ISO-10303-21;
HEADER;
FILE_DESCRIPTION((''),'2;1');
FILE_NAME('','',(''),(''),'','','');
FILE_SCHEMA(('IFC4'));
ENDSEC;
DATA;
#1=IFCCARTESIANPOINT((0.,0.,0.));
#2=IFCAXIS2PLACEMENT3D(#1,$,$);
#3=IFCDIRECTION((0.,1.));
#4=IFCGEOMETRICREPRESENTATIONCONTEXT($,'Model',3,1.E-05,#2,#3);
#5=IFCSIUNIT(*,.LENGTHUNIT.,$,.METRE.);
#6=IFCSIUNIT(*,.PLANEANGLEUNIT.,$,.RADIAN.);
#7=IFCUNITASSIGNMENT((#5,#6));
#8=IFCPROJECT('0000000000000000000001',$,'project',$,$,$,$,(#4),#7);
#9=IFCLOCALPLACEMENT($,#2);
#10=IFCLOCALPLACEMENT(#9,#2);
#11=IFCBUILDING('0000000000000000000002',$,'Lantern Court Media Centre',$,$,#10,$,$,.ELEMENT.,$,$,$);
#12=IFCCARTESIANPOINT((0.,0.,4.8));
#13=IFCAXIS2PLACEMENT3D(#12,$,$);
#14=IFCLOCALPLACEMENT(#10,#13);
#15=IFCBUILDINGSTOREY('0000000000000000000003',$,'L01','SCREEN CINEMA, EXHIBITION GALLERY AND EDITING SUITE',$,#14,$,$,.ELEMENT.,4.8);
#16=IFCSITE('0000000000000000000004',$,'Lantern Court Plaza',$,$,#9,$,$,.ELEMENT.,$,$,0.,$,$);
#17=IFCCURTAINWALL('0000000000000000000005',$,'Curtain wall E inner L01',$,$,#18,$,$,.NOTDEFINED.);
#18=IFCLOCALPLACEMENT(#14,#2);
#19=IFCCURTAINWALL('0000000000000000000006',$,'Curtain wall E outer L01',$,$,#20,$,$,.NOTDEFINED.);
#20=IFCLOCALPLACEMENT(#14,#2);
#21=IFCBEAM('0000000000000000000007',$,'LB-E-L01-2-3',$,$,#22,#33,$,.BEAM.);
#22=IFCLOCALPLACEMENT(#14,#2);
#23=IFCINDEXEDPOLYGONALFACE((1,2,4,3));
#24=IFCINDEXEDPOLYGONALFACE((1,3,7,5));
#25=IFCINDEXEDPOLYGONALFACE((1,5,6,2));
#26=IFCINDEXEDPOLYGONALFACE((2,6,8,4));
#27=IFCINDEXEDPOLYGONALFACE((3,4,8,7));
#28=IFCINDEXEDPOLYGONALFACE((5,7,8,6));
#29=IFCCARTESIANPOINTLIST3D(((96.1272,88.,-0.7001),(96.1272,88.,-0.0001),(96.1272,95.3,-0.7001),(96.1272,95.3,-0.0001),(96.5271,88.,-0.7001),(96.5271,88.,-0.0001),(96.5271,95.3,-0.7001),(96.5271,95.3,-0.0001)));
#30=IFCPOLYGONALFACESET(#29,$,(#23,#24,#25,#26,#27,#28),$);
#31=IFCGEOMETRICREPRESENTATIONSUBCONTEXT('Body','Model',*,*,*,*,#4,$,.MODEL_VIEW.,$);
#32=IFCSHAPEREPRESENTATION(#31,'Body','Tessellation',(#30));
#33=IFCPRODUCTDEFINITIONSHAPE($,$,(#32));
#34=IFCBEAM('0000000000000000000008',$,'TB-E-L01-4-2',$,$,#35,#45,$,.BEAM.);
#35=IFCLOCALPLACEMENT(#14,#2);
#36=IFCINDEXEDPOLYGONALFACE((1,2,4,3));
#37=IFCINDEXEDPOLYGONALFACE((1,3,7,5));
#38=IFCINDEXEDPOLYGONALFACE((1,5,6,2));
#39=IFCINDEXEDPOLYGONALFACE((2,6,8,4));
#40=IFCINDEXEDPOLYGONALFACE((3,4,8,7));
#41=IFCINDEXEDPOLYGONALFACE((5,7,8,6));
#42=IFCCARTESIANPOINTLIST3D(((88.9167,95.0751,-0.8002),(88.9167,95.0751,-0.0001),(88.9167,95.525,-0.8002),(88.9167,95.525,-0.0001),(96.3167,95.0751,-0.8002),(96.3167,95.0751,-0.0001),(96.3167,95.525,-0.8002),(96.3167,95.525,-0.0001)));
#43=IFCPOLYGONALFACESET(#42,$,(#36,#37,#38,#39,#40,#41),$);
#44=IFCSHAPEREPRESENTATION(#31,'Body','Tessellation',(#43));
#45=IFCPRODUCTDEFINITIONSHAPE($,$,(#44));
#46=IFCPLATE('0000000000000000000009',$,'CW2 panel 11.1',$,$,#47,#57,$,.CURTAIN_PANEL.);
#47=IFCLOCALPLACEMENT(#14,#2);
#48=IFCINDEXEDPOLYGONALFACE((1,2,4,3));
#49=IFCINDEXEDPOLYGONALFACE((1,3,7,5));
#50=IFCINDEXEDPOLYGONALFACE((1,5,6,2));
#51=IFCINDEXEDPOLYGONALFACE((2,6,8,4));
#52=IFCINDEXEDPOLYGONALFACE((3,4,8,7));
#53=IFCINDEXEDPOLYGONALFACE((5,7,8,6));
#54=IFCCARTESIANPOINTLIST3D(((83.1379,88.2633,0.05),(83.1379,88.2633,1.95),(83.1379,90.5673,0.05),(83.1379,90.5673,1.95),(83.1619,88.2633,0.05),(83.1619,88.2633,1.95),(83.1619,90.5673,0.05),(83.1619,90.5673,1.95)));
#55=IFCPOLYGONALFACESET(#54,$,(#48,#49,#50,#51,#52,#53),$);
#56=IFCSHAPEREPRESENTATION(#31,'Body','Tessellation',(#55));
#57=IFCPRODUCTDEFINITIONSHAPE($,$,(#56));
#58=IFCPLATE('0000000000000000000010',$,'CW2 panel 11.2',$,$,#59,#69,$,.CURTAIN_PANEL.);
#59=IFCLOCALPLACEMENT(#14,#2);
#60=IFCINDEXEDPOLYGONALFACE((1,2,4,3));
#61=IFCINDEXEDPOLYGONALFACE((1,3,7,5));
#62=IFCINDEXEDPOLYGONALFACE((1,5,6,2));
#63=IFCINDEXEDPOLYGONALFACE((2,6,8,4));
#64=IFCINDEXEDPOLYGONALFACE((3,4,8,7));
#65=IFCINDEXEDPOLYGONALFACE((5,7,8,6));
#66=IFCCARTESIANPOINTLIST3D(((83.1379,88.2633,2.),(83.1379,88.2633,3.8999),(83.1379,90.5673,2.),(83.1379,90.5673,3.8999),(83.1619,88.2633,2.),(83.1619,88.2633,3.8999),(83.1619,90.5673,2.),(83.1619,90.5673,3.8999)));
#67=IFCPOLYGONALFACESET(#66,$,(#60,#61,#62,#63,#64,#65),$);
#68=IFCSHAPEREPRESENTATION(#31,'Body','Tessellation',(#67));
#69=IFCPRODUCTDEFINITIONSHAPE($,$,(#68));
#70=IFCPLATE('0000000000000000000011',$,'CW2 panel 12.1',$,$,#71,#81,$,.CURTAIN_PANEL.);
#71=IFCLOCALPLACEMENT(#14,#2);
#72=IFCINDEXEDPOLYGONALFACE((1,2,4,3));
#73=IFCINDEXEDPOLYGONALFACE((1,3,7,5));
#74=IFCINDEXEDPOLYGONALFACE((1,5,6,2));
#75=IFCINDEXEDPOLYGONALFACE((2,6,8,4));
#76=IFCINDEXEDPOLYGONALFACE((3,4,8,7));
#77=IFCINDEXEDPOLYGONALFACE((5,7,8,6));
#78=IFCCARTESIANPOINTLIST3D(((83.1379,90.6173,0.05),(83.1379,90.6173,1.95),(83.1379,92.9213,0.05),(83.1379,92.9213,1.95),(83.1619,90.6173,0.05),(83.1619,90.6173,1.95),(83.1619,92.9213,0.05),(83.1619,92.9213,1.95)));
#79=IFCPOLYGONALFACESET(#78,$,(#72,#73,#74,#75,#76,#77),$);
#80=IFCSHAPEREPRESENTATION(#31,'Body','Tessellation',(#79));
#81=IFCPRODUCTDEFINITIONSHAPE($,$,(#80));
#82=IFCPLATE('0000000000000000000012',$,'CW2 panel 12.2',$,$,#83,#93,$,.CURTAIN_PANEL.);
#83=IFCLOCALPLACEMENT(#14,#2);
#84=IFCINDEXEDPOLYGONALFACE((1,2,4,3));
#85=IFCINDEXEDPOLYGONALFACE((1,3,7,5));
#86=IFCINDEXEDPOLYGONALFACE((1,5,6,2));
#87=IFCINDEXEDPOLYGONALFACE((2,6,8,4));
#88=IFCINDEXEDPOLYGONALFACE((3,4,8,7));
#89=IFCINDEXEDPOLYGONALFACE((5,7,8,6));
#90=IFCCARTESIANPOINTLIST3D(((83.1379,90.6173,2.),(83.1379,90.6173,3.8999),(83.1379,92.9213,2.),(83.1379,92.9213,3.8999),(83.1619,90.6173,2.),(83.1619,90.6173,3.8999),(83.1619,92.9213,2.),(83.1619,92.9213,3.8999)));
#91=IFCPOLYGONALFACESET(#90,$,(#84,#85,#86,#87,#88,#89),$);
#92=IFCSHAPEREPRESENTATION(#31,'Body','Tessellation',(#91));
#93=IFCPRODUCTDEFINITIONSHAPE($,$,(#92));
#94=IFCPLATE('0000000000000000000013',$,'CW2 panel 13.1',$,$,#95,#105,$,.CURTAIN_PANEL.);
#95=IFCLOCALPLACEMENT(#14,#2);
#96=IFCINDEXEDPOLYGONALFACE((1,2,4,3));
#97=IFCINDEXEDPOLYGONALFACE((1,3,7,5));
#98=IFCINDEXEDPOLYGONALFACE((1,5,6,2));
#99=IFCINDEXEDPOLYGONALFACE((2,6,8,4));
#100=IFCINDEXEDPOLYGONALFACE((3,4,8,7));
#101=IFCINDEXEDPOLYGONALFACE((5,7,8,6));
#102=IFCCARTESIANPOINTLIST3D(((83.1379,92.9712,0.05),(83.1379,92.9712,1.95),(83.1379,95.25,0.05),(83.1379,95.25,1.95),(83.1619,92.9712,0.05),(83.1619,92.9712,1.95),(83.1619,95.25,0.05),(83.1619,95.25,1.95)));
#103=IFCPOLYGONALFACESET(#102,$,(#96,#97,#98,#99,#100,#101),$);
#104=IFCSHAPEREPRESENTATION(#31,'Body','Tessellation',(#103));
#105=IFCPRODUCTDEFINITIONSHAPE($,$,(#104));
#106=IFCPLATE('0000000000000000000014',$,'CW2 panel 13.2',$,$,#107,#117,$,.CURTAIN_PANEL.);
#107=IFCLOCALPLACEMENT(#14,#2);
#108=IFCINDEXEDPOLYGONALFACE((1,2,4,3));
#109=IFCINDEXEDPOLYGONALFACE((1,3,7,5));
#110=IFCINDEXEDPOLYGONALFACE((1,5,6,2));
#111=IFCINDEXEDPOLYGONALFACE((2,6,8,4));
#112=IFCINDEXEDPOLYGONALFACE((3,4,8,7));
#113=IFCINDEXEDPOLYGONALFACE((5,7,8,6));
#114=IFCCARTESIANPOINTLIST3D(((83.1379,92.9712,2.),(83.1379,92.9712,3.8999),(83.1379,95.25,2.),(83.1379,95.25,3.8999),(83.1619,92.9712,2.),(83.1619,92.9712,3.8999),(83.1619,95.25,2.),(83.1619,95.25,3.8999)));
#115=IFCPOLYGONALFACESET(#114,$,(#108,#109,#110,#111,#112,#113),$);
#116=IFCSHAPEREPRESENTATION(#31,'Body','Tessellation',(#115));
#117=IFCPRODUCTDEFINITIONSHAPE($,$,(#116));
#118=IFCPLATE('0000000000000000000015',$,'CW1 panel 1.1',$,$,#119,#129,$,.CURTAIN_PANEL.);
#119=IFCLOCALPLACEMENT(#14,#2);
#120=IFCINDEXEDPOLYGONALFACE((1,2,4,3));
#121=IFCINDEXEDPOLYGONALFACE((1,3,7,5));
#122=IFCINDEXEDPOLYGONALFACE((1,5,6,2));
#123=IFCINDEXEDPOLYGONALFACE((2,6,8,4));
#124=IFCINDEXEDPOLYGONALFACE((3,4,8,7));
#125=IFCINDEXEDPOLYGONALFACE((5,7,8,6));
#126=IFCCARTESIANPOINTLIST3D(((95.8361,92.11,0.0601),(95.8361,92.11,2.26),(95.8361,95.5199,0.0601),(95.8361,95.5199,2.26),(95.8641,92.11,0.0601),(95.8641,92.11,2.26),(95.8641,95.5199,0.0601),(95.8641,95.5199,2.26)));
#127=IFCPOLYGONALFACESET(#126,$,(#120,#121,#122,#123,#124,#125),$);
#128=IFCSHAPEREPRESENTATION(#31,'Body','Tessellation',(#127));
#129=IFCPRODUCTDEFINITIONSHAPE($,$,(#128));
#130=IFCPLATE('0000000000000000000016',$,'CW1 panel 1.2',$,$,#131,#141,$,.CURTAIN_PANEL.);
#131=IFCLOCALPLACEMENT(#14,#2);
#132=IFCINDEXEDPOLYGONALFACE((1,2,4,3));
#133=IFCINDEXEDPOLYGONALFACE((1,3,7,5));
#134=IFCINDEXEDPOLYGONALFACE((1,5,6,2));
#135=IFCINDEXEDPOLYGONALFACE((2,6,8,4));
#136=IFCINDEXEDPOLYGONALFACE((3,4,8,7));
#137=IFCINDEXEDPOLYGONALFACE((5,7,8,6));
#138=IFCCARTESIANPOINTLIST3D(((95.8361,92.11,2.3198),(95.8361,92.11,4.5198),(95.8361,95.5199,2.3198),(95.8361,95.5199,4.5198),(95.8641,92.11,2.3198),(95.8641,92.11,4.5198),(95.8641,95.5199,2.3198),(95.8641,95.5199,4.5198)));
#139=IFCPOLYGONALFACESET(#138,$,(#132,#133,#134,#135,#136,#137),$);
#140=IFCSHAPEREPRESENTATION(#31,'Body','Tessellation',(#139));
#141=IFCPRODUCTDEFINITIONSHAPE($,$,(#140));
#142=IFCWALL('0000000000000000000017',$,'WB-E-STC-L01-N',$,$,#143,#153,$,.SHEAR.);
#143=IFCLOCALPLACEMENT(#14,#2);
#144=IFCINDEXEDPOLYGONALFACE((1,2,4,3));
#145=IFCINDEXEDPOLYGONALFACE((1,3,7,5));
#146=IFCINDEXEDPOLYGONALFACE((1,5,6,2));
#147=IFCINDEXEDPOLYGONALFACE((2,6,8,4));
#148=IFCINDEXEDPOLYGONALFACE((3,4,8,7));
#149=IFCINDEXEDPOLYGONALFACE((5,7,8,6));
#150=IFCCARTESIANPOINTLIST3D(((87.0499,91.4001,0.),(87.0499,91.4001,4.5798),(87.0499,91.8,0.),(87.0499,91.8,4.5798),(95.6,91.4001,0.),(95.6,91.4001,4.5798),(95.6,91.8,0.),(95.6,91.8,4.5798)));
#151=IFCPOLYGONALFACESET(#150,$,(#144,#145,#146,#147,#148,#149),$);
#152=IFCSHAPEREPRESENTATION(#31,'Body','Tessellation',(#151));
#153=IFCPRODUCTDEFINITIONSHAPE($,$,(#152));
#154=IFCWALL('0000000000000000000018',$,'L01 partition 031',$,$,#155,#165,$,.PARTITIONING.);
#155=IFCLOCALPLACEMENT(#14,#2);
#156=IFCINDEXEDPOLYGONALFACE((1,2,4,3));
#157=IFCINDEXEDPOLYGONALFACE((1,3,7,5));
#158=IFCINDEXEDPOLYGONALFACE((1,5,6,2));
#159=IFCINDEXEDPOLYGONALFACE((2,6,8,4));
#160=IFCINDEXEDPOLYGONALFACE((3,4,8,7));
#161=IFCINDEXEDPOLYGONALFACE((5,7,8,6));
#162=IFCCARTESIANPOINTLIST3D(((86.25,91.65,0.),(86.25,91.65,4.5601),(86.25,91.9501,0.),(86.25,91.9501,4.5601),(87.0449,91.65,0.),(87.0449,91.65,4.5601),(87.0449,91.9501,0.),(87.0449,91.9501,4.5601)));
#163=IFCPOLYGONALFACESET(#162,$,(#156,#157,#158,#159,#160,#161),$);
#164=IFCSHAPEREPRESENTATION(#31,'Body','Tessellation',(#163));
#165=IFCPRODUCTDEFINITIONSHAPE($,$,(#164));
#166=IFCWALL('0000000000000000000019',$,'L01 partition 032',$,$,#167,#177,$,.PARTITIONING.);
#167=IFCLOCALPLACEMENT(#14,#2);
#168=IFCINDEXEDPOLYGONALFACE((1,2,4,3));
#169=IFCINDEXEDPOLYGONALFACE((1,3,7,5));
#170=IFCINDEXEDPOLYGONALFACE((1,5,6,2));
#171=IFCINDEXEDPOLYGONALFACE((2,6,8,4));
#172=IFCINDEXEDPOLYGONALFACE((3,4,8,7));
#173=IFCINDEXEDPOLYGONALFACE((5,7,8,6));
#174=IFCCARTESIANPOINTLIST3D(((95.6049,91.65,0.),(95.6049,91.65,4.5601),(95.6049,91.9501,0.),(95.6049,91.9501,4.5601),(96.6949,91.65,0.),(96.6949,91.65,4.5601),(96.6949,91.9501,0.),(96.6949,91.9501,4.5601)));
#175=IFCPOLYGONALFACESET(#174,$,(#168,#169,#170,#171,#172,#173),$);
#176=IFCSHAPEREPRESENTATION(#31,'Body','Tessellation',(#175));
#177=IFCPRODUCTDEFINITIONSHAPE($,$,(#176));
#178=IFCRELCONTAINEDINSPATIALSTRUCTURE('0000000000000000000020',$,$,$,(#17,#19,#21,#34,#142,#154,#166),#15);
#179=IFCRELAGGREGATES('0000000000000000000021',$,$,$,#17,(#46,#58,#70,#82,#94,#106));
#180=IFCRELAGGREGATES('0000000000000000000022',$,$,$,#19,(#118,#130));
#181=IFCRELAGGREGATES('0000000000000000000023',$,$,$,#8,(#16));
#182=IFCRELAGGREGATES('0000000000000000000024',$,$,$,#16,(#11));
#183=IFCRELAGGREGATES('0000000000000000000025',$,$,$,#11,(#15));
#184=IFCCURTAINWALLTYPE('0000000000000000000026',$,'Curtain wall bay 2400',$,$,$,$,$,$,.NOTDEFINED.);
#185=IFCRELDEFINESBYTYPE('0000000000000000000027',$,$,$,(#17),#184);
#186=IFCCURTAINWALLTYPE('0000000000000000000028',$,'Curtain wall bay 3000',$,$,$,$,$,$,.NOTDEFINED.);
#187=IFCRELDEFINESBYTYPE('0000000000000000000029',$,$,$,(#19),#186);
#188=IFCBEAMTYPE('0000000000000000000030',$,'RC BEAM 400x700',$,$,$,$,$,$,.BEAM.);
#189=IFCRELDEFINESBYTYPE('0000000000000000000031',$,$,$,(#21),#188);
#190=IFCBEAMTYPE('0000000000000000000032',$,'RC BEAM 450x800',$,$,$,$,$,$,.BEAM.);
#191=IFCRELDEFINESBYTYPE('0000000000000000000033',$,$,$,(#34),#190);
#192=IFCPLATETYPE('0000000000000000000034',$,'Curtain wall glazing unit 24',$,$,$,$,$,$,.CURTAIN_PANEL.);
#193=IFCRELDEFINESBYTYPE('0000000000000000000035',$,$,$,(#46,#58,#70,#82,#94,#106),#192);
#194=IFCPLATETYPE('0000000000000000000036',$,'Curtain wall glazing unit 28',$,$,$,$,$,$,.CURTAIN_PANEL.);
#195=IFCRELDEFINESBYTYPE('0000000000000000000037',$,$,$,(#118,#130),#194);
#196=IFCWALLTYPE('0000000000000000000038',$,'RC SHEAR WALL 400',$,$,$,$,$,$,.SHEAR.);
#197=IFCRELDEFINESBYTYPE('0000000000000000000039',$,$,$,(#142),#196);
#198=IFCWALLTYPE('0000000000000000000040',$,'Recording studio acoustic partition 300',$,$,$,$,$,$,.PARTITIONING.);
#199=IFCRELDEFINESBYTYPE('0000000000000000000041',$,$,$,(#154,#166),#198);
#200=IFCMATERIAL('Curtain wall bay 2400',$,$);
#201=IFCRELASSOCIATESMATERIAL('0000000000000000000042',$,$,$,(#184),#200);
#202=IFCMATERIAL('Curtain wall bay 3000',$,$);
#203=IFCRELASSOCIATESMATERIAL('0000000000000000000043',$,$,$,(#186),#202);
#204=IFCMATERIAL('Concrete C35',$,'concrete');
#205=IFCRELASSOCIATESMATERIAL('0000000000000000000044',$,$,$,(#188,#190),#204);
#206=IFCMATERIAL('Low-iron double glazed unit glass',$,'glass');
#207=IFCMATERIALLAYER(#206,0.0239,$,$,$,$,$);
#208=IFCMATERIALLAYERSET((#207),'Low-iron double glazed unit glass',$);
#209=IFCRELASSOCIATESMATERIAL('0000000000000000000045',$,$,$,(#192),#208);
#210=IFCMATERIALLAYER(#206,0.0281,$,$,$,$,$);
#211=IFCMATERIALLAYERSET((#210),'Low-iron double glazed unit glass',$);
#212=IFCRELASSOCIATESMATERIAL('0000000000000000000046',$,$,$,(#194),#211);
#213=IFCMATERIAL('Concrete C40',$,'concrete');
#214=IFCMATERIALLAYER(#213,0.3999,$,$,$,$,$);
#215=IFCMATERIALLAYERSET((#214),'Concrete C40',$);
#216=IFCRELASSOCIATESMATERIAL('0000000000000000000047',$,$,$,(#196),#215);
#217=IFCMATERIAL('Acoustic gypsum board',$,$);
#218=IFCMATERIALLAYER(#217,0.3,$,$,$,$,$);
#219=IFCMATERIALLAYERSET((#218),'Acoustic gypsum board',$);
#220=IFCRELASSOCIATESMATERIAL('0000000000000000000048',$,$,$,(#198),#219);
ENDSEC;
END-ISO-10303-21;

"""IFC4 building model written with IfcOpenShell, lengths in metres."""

from ifc_helpers import new_model, si_unit, direction, frame, frame_2d, origin, origin_2d, place, context, subcontext, project, spatial, rectangle, extrude, material, layer, layer_set, material_profile, profile_set, type_object, element, aggregate, save


model = new_model("IFC4")

# Units and contexts
model_context = context("Model", 3, precision=1e-05, world=origin(), true_north=direction((0.0, 1.0)))
body_context = subcontext(model_context, "Body", "Model", "MODEL_VIEW")
ifc_project = project(units=[si_unit("LENGTHUNIT", "METRE"), si_unit("PLANEANGLEUNIT", "RADIAN")], contexts=[model_context])

# Site, building, storey
site_placement = place(None, origin())
site = spatial("IfcSite", under=ifc_project, at=site_placement, Name="Lantern Court Plaza", CompositionType="ELEMENT", RefElevation=0.0)
building_placement = place(site_placement, origin())
building = spatial("IfcBuilding", under=site, at=building_placement, Name="Lantern Court Media Centre", CompositionType="ELEMENT")
storey_placement = place(building_placement, frame((0.0, 0.0, 4.8)))
storey = spatial("IfcBuildingStorey", under=building, at=storey_placement, Name="L01", Description="SCREEN CINEMA, EXHIBITION GALLERY AND EDITING SUITE", CompositionType="ELEMENT", Elevation=4.8)

# Shared definitions
ifc_material_1 = material(Name="Concrete C35", Category="concrete")

# Curtain walls
ifc_material_2 = material(Name="Curtain wall bay 2400")
curtain_wall_type_1 = type_object("IfcCurtainWallType", Name="Curtain wall bay 2400", PredefinedType="NOTDEFINED", material=ifc_material_2)
curtain_wall_1_placement = place(storey_placement, origin())
curtain_wall_1 = element("IfcCurtainWall", 1, at=curtain_wall_1_placement, inside=storey, type_object=curtain_wall_type_1, Name="Curtain wall E inner L01", PredefinedType="NOTDEFINED")
ifc_material_3 = material(Name="Curtain wall bay 3000")
curtain_wall_type_2 = type_object("IfcCurtainWallType", Name="Curtain wall bay 3000", PredefinedType="NOTDEFINED", material=ifc_material_3)
curtain_wall_2_placement = place(storey_placement, origin())
curtain_wall_2 = element("IfcCurtainWall", 2, at=curtain_wall_2_placement, inside=storey, type_object=curtain_wall_type_2, Name="Curtain wall E outer L01", PredefinedType="NOTDEFINED")

# Beams
ifc_material_profile_1 = material_profile(ifc_material_1, rectangle(XDim=0.3999, YDim=0.7, at=origin_2d()), Name="RC 400x700")
ifc_profile_set_1 = profile_set([ifc_material_profile_1], Name="Concrete C35")
beam_type_1 = type_object("IfcBeamType", Name="RC BEAM 400x700", PredefinedType="BEAM", material=ifc_profile_set_1)
beam_1_placement = place(storey_placement, frame((96.3271, 88.0, -0.3501), z_axis=(0.0, 1.0, 0.0), x_axis=(-1.0, 0.0, 0.0)))
element("IfcBeam", 3, at=beam_1_placement, inside=storey, type_object=beam_type_1, Name="LB-E-L01-2-3", PredefinedType="BEAM", context=body_context, shape_type="SweptSolid", body=[
    extrude(rectangle(XDim=0.3999, YDim=0.7, at=origin_2d()), origin(), (0.0, 0.0, 1.0), 7.3),
])
ifc_material_profile_2 = material_profile(ifc_material_1, rectangle(XDim=0.45, YDim=0.8, at=origin_2d()), Name="RC 450x800")
ifc_profile_set_2 = profile_set([ifc_material_profile_2], Name="Concrete C35")
beam_type_2 = type_object("IfcBeamType", Name="RC BEAM 450x800", PredefinedType="BEAM", material=ifc_profile_set_2)
beam_2_placement = place(storey_placement, frame((88.9167, 95.3, -0.4001), z_axis=(1.0, 0.0, 0.0), x_axis=(0.0, 1.0, 0.0)))
element("IfcBeam", 4, at=beam_2_placement, inside=storey, type_object=beam_type_2, Name="TB-E-L01-4-2", PredefinedType="BEAM", context=body_context, shape_type="SweptSolid", body=[
    extrude(rectangle(XDim=0.45, YDim=0.8, at=origin_2d()), origin(), (0.0, 0.0, 1.0), 7.3999),
])

# Plates
ifc_material_4 = material(Name="Low-iron double glazed unit glass", Category="glass")
ifc_layer_1 = layer(ifc_material_4, 0.0239)
ifc_layer_set_1 = layer_set([ifc_layer_1], Name="Low-iron double glazed unit glass")
plate_type_1 = type_object("IfcPlateType", Name="Curtain wall glazing unit 24", PredefinedType="CURTAIN_PANEL", material=ifc_layer_set_1)
plate_1_placement = place(storey_placement, frame((83.1499, 89.4153, 0.05), z_axis=(0.0, 0.0, 1.0), x_axis=(0.0, 1.0, 0.0)))
plate_1 = element("IfcPlate", 5, at=plate_1_placement, type_object=plate_type_1, Name="CW2 panel 11.1", PredefinedType="CURTAIN_PANEL", context=body_context, shape_type="SweptSolid", body=[
    extrude(rectangle(XDim=2.304, YDim=0.0239, at=origin_2d()), origin(), (0.0, 0.0, 1.0), 1.8999),
])
plate_2_placement = place(storey_placement, frame((83.1499, 89.4153, 2.0), z_axis=(0.0, 0.0, 1.0), x_axis=(0.0, 1.0, 0.0)))
plate_2 = element("IfcPlate", 6, at=plate_2_placement, type_object=plate_type_1, Name="CW2 panel 11.2", PredefinedType="CURTAIN_PANEL", context=body_context, shape_type="SweptSolid", body=[
    extrude(rectangle(XDim=2.304, YDim=0.0239, at=origin_2d()), origin(), (0.0, 0.0, 1.0), 1.8999),
])
plate_3_placement = place(storey_placement, frame((83.1499, 91.7693, 0.05), z_axis=(0.0, 0.0, 1.0), x_axis=(0.0, 1.0, 0.0)))
plate_3 = element("IfcPlate", 7, at=plate_3_placement, type_object=plate_type_1, Name="CW2 panel 12.1", PredefinedType="CURTAIN_PANEL", context=body_context, shape_type="SweptSolid", body=[
    extrude(rectangle(XDim=2.304, YDim=0.0239, at=origin_2d()), origin(), (0.0, 0.0, 1.0), 1.8999),
])
plate_4_placement = place(storey_placement, frame((83.1499, 91.7693, 2.0), z_axis=(0.0, 0.0, 1.0), x_axis=(0.0, 1.0, 0.0)))
plate_4 = element("IfcPlate", 8, at=plate_4_placement, type_object=plate_type_1, Name="CW2 panel 12.2", PredefinedType="CURTAIN_PANEL", context=body_context, shape_type="SweptSolid", body=[
    extrude(rectangle(XDim=2.304, YDim=0.0239, at=origin_2d()), origin(), (0.0, 0.0, 1.0), 1.8999),
])
plate_5_placement = place(storey_placement, frame((83.1499, 94.1106, 0.05), z_axis=(0.0, 0.0, 1.0), x_axis=(0.0, 1.0, 0.0)))
plate_5 = element("IfcPlate", 9, at=plate_5_placement, type_object=plate_type_1, Name="CW2 panel 13.1", PredefinedType="CURTAIN_PANEL", context=body_context, shape_type="SweptSolid", body=[
    extrude(rectangle(XDim=2.2788, YDim=0.0239, at=origin_2d()), origin(), (0.0, 0.0, 1.0), 1.8999),
])
plate_6_placement = place(storey_placement, frame((83.1499, 94.1106, 2.0), z_axis=(0.0, 0.0, 1.0), x_axis=(0.0, 1.0, 0.0)))
plate_6 = element("IfcPlate", 10, at=plate_6_placement, type_object=plate_type_1, Name="CW2 panel 13.2", PredefinedType="CURTAIN_PANEL", context=body_context, shape_type="SweptSolid", body=[
    extrude(rectangle(XDim=2.2788, YDim=0.0239, at=origin_2d()), origin(), (0.0, 0.0, 1.0), 1.8999),
])
aggregate(curtain_wall_1, [plate_1, plate_2, plate_3, plate_4, plate_5, plate_6])
ifc_layer_2 = layer(ifc_material_4, 0.0281)
ifc_layer_set_2 = layer_set([ifc_layer_2], Name="Low-iron double glazed unit glass")
plate_type_2 = type_object("IfcPlateType", Name="Curtain wall glazing unit 28", PredefinedType="CURTAIN_PANEL", material=ifc_layer_set_2)
plate_7_placement = place(storey_placement, frame((95.8501, 93.8149, 0.0601), z_axis=(0.0, 0.0, 1.0), x_axis=(0.0, 1.0, 0.0)))
plate_7 = element("IfcPlate", 11, at=plate_7_placement, type_object=plate_type_2, Name="CW1 panel 1.1", PredefinedType="CURTAIN_PANEL", context=body_context, shape_type="SweptSolid", body=[
    extrude(rectangle(XDim=3.4099, YDim=0.0281, at=origin_2d()), origin(), (0.0, 0.0, 1.0), 2.2),
])
plate_8_placement = place(storey_placement, frame((95.8501, 93.8149, 2.3198), z_axis=(0.0, 0.0, 1.0), x_axis=(0.0, 1.0, 0.0)))
plate_8 = element("IfcPlate", 12, at=plate_8_placement, type_object=plate_type_2, Name="CW1 panel 1.2", PredefinedType="CURTAIN_PANEL", context=body_context, shape_type="SweptSolid", body=[
    extrude(rectangle(XDim=3.4099, YDim=0.0281, at=origin_2d()), origin(), (0.0, 0.0, 1.0), 2.2),
])
aggregate(curtain_wall_2, [plate_7, plate_8])

# Walls
ifc_material_5 = material(Name="Concrete C40", Category="concrete")
ifc_layer_3 = layer(ifc_material_5, 0.3999)
ifc_layer_set_3 = layer_set([ifc_layer_3], Name="Concrete C40")
wall_type_1 = type_object("IfcWallType", Name="RC SHEAR WALL 400", PredefinedType="SHEAR", material=ifc_layer_set_3)
wall_1_placement = place(storey_placement, frame((87.05, 91.6001, 0.0), z_axis=(0.0, 0.0, 1.0), x_axis=(1.0, 0.0, 0.0)))
element("IfcWall", 13, at=wall_1_placement, inside=storey, type_object=wall_type_1, Name="WB-E-STC-L01-N", PredefinedType="SHEAR", context=body_context, shape_type="SweptSolid", body=[
    extrude(rectangle(XDim=8.55, YDim=0.3999, at=frame_2d((4.2749, 0.0))), origin(), (0.0, 0.0, 1.0), 4.5798),
])
ifc_material_6 = material(Name="Acoustic gypsum board")
ifc_layer_4 = layer(ifc_material_6, 0.3)
ifc_layer_set_4 = layer_set([ifc_layer_4], Name="Acoustic gypsum board")
wall_type_2 = type_object("IfcWallType", Name="Recording studio acoustic partition 300", PredefinedType="PARTITIONING", material=ifc_layer_set_4)
wall_2_placement = place(storey_placement, frame((86.25, 91.8, 0.0), z_axis=(0.0, 0.0, 1.0), x_axis=(1.0, 0.0, 0.0)))
element("IfcWall", 14, at=wall_2_placement, inside=storey, type_object=wall_type_2, Name="L01 partition 031", PredefinedType="PARTITIONING", context=body_context, shape_type="SweptSolid", body=[
    extrude(rectangle(XDim=0.7949, YDim=0.3, at=frame_2d((0.3975, 0.0))), origin(), (0.0, 0.0, 1.0), 4.5601),
])
wall_3_placement = place(storey_placement, frame((95.605, 91.8, 0.0), z_axis=(0.0, 0.0, 1.0), x_axis=(1.0, 0.0, 0.0)))
element("IfcWall", 15, at=wall_3_placement, inside=storey, type_object=wall_type_2, Name="L01 partition 032", PredefinedType="PARTITIONING", context=body_context, shape_type="SweptSolid", body=[
    extrude(rectangle(XDim=1.0901, YDim=0.3, at=frame_2d((0.5449, 0.0))), origin(), (0.0, 0.0, 1.0), 4.5601),
])

save(model, "model.ifc")
